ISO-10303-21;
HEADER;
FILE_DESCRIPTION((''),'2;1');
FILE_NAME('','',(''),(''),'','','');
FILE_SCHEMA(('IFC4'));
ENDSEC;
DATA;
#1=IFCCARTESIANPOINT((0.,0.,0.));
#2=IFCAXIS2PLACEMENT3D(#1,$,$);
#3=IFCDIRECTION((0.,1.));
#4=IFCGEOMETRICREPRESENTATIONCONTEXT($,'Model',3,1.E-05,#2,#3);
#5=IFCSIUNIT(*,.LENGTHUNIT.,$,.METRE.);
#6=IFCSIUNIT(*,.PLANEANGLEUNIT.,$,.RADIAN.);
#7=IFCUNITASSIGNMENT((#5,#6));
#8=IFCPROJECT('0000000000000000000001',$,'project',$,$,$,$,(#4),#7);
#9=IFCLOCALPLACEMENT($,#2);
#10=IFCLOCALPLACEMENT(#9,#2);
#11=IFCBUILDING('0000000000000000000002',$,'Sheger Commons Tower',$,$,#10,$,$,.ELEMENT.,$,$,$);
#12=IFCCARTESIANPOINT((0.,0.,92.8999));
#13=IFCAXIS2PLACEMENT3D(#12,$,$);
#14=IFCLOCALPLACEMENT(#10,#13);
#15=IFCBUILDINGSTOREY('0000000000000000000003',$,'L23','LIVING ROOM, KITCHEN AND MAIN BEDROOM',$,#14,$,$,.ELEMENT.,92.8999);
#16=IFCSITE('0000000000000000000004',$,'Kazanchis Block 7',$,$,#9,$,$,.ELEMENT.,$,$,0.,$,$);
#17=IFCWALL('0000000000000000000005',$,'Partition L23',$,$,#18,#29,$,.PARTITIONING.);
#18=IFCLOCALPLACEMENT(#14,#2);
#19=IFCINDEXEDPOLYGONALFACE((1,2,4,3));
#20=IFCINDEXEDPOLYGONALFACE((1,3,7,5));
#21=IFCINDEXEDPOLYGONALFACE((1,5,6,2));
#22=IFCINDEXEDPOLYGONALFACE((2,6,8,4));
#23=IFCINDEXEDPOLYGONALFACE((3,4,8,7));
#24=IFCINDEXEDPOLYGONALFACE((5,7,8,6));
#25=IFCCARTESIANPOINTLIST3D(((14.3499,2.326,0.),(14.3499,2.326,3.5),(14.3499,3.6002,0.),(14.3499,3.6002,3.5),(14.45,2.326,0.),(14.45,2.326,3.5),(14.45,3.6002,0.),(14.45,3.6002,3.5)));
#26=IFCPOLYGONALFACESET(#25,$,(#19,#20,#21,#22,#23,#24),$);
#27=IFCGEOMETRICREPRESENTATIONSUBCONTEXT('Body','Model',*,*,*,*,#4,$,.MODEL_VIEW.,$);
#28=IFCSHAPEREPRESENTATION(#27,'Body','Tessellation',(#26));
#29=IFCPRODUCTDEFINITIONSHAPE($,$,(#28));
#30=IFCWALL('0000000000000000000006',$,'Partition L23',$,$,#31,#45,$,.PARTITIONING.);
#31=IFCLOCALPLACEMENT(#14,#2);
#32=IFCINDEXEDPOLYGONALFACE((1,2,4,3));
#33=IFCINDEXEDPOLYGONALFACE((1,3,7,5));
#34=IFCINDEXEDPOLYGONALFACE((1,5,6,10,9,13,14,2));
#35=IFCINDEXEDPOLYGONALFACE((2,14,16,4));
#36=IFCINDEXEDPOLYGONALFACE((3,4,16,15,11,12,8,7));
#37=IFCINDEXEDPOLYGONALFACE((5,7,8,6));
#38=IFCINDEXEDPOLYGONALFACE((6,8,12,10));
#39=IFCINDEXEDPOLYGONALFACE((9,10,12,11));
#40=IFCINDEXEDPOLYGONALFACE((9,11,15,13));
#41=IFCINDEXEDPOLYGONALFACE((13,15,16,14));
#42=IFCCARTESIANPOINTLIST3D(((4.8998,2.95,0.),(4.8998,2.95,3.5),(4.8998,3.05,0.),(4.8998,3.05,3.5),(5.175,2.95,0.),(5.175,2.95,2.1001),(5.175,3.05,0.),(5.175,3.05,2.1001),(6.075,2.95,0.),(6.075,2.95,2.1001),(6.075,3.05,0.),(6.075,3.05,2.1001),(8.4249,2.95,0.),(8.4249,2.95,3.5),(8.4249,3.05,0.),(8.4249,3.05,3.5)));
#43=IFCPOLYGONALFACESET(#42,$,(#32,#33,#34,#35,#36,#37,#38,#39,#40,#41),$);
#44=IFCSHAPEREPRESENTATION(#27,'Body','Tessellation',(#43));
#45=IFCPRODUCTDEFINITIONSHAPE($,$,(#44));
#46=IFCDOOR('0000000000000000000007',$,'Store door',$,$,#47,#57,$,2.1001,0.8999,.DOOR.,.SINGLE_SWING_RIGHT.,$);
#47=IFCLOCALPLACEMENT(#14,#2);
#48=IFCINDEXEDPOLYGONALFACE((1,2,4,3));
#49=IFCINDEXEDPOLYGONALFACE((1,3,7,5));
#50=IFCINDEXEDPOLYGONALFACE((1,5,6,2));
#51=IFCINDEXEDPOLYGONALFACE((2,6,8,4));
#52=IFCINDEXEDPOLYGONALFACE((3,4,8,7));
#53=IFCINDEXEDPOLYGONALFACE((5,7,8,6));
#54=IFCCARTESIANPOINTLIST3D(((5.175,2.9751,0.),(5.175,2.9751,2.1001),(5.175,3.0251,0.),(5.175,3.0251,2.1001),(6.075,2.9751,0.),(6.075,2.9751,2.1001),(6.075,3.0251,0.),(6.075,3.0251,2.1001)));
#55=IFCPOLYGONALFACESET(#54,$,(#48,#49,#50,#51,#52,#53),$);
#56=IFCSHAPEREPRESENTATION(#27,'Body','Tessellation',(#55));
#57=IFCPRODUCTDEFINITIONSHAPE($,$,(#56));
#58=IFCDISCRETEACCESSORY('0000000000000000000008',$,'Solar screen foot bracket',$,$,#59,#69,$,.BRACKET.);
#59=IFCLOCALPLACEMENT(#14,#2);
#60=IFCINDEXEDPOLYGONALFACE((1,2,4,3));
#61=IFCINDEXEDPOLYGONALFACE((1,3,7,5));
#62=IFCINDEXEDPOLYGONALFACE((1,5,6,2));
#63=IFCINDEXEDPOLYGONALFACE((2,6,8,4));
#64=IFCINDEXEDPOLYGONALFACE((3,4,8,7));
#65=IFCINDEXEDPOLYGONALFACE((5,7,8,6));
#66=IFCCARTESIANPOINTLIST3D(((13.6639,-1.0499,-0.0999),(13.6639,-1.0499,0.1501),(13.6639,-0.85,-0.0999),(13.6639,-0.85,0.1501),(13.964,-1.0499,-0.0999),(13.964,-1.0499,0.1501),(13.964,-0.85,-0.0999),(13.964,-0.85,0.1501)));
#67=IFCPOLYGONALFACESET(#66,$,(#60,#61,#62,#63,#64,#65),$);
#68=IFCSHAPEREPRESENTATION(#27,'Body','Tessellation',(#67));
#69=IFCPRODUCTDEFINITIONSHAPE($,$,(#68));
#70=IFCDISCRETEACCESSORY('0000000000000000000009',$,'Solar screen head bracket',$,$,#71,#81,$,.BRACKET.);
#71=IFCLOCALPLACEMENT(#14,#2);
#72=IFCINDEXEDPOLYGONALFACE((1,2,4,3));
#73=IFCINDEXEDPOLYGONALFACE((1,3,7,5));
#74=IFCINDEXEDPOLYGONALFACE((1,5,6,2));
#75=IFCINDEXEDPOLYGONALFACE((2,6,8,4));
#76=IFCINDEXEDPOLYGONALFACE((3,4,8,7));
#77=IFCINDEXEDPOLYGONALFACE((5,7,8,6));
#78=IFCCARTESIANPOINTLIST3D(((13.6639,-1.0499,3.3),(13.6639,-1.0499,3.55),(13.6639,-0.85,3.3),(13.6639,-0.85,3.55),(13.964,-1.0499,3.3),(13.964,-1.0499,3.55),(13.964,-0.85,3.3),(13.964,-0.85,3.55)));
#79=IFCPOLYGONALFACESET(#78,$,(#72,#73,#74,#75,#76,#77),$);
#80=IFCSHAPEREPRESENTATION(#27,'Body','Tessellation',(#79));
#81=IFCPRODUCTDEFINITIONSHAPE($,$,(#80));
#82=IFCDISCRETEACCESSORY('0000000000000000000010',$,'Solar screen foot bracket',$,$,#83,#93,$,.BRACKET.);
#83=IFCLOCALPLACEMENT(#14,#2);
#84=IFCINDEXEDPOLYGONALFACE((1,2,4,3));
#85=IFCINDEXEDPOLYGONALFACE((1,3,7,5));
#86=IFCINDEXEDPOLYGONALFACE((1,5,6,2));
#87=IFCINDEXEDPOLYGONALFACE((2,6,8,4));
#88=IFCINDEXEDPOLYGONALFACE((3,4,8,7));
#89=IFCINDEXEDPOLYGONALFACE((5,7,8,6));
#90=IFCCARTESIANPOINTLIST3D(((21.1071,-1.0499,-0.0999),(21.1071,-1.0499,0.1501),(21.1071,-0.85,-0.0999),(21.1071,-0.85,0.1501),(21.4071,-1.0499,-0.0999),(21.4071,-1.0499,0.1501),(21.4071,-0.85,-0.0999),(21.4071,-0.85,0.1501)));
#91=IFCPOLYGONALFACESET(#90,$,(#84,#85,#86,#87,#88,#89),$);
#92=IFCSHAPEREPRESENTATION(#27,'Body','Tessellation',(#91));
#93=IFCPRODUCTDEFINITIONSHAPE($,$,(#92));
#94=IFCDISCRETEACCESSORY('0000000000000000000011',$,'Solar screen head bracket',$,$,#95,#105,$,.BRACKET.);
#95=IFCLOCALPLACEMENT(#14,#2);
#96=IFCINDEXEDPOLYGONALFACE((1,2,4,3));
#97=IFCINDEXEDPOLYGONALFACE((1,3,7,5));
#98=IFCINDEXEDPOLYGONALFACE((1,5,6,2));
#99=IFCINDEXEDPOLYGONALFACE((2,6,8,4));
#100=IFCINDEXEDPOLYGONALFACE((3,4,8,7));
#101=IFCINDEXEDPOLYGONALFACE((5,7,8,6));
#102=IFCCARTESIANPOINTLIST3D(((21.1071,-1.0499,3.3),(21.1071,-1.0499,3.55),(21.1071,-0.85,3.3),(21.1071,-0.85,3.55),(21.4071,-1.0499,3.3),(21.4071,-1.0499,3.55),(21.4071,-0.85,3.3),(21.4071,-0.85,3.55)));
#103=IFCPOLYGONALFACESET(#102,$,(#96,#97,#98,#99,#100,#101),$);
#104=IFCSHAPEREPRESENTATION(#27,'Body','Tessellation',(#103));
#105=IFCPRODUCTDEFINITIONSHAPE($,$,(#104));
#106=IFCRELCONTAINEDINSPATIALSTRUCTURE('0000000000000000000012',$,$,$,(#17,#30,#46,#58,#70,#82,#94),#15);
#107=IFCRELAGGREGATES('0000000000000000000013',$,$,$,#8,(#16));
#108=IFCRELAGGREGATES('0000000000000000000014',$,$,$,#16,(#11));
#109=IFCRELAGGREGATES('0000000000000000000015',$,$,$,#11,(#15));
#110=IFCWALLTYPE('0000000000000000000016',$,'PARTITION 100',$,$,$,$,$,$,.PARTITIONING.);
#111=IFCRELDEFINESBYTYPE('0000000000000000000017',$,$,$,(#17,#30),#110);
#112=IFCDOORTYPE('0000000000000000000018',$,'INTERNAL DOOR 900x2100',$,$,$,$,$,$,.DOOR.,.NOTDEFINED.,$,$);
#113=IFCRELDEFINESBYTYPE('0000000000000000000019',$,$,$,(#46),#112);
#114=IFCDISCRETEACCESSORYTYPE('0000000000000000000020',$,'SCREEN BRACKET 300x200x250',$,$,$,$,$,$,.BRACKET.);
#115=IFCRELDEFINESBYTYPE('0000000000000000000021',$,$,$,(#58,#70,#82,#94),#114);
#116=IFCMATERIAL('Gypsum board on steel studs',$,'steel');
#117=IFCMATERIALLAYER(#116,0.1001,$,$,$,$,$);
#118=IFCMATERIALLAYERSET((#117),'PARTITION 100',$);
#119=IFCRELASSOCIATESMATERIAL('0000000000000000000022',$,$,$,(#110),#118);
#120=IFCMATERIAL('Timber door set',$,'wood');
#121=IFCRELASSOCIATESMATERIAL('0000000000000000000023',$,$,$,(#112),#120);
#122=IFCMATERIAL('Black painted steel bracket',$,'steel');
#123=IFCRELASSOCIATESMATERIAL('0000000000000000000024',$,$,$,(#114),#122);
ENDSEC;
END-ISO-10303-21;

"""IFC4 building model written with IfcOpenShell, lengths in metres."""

from ifc_helpers import new_model, si_unit, direction, frame, frame_2d, origin, origin_2d, place, context, subcontext, project, spatial, rectangle, extrude, material, layer, layer_set, type_object, element, fill, save


model = new_model("IFC4")

# Units and contexts
model_context = context("Model", 3, precision=1e-05, world=origin(), true_north=direction((0.0, 1.0)))
body_context = subcontext(model_context, "Body", "Model", "MODEL_VIEW")
ifc_project = project(units=[si_unit("LENGTHUNIT", "METRE"), si_unit("PLANEANGLEUNIT", "RADIAN")], contexts=[model_context])

# Site, building, storey
site_placement = place(None, origin())
site = spatial("IfcSite", under=ifc_project, at=site_placement, Name="Kazanchis Block 7", CompositionType="ELEMENT", RefElevation=0.0)
building_placement = place(site_placement, origin())
building = spatial("IfcBuilding", under=site, at=building_placement, Name="Sheger Commons Tower", CompositionType="ELEMENT")
storey_placement = place(building_placement, frame((0.0, 0.0, 92.8999)))
storey = spatial("IfcBuildingStorey", under=building, at=storey_placement, Name="L23", Description="LIVING ROOM, KITCHEN AND MAIN BEDROOM", CompositionType="ELEMENT", Elevation=92.8999)

# Wall
ifc_material_1 = material(Name="Gypsum board on steel studs", Category="steel")
ifc_layer_1 = layer(ifc_material_1, 0.1001)
ifc_layer_set_1 = layer_set([ifc_layer_1], Name="PARTITION 100")
wall_type_1 = type_object("IfcWallType", Name="PARTITION 100", PredefinedType="PARTITIONING", material=ifc_layer_set_1)
wall_1_placement = place(storey_placement, frame((14.3999, 2.3259, 0.0), z_axis=(0.0, 0.0, 1.0), x_axis=(0.0, 1.0, 0.0)))
element("IfcWall", 1, at=wall_1_placement, inside=storey, type_object=wall_type_1, Name="Partition L23", PredefinedType="PARTITIONING", context=body_context, shape_type="SweptSolid", body=[
    extrude(rectangle(XDim=1.2742, YDim=0.1001, at=frame_2d((0.6372, 0.0))), origin(), (0.0, 0.0, 1.0), 3.5),
])

# Wall, opening, door
wall_2_placement = place(storey_placement, frame((8.425, 3.0, 0.0), z_axis=(0.0, 0.0, 1.0), x_axis=(-1.0, 0.0, 0.0)))
wall_2 = element("IfcWall", 2, at=wall_2_placement, inside=storey, type_object=wall_type_1, Name="Partition L23", PredefinedType="PARTITIONING", context=body_context, shape_type="SweptSolid", body=[
    extrude(rectangle(XDim=3.5251, YDim=0.1001, at=frame_2d((1.7627, 0.0))), origin(), (0.0, 0.0, 1.0), 3.5),
])
opening_1_placement = place(wall_2_placement, frame((2.3501, 0.0, 0.0)))
opening_1 = element("IfcOpeningElement", 3, at=opening_1_placement, cuts=wall_2, PredefinedType="OPENING", context=body_context, shape_type="SweptSolid", body=[
    extrude(rectangle(XDim=0.8999, YDim=2.1001, at=frame_2d((0.45, 1.05))), frame((0.0, 0.0601, 0.0), z_axis=(0.0, -1.0, 0.0), x_axis=(1.0, 0.0, 0.0)), (0.0, 0.0, 1.0), 0.1201),
])
ifc_material_2 = material(Name="Timber door set", Category="wood")
door_type_1 = type_object("IfcDoorType", Name="INTERNAL DOOR 900x2100", OperationType="NOTDEFINED", PredefinedType="DOOR", material=ifc_material_2)
door_1_placement = place(opening_1_placement, origin())
door_1 = element("IfcDoor", 4, at=door_1_placement, inside=storey, type_object=door_type_1, Name="Store door", OperationType="SINGLE_SWING_RIGHT", OverallHeight=2.1001, OverallWidth=0.8999, PredefinedType="DOOR", context=body_context, shape_type="SweptSolid", body=[
    extrude(rectangle(XDim=0.8999, YDim=2.1001, at=frame_2d((0.45, 1.05))), frame((0.0, 0.0249, 0.0), z_axis=(0.0, -1.0, 0.0), x_axis=(1.0, 0.0, 0.0)), (0.0, 0.0, 1.0), 0.05),
])
fill(opening_1, door_1)

# Discrete accessories
ifc_material_3 = material(Name="Black painted steel bracket", Category="steel")
discrete_accessory_type = type_object("IfcDiscreteAccessoryType", Name="SCREEN BRACKET 300x200x250", PredefinedType="BRACKET", material=ifc_material_3)
for number, where, z_axis, x_axis, name in (
    (5, (13.814, -0.95, -0.0999), (0.0, 0.0, 1.0), (1.0, 0.0, 0.0), "Solar screen foot bracket"),
    (6, (13.814, -0.95, 3.3), (0.0, 0.0, 1.0), (1.0, 0.0, 0.0), "Solar screen head bracket"),
    (7, (21.2571, -0.95, -0.0999), (0.0, 0.0, 1.0), (1.0, 0.0, 0.0), "Solar screen foot bracket"),
    (8, (21.2571, -0.95, 3.3), (0.0, 0.0, 1.0), (1.0, 0.0, 0.0), "Solar screen head bracket"),
):
    element("IfcDiscreteAccessory", number, at=place(storey_placement, frame(where, z_axis=z_axis, x_axis=x_axis)), inside=storey, type_object=discrete_accessory_type, Name=name, PredefinedType="BRACKET", context=body_context, shape_type="SweptSolid", body=[
        extrude(rectangle(XDim=0.3, YDim=0.2, at=origin_2d()), origin(), (0.0, 0.0, 1.0), 0.25),
    ])

save(model, "model.ifc")
